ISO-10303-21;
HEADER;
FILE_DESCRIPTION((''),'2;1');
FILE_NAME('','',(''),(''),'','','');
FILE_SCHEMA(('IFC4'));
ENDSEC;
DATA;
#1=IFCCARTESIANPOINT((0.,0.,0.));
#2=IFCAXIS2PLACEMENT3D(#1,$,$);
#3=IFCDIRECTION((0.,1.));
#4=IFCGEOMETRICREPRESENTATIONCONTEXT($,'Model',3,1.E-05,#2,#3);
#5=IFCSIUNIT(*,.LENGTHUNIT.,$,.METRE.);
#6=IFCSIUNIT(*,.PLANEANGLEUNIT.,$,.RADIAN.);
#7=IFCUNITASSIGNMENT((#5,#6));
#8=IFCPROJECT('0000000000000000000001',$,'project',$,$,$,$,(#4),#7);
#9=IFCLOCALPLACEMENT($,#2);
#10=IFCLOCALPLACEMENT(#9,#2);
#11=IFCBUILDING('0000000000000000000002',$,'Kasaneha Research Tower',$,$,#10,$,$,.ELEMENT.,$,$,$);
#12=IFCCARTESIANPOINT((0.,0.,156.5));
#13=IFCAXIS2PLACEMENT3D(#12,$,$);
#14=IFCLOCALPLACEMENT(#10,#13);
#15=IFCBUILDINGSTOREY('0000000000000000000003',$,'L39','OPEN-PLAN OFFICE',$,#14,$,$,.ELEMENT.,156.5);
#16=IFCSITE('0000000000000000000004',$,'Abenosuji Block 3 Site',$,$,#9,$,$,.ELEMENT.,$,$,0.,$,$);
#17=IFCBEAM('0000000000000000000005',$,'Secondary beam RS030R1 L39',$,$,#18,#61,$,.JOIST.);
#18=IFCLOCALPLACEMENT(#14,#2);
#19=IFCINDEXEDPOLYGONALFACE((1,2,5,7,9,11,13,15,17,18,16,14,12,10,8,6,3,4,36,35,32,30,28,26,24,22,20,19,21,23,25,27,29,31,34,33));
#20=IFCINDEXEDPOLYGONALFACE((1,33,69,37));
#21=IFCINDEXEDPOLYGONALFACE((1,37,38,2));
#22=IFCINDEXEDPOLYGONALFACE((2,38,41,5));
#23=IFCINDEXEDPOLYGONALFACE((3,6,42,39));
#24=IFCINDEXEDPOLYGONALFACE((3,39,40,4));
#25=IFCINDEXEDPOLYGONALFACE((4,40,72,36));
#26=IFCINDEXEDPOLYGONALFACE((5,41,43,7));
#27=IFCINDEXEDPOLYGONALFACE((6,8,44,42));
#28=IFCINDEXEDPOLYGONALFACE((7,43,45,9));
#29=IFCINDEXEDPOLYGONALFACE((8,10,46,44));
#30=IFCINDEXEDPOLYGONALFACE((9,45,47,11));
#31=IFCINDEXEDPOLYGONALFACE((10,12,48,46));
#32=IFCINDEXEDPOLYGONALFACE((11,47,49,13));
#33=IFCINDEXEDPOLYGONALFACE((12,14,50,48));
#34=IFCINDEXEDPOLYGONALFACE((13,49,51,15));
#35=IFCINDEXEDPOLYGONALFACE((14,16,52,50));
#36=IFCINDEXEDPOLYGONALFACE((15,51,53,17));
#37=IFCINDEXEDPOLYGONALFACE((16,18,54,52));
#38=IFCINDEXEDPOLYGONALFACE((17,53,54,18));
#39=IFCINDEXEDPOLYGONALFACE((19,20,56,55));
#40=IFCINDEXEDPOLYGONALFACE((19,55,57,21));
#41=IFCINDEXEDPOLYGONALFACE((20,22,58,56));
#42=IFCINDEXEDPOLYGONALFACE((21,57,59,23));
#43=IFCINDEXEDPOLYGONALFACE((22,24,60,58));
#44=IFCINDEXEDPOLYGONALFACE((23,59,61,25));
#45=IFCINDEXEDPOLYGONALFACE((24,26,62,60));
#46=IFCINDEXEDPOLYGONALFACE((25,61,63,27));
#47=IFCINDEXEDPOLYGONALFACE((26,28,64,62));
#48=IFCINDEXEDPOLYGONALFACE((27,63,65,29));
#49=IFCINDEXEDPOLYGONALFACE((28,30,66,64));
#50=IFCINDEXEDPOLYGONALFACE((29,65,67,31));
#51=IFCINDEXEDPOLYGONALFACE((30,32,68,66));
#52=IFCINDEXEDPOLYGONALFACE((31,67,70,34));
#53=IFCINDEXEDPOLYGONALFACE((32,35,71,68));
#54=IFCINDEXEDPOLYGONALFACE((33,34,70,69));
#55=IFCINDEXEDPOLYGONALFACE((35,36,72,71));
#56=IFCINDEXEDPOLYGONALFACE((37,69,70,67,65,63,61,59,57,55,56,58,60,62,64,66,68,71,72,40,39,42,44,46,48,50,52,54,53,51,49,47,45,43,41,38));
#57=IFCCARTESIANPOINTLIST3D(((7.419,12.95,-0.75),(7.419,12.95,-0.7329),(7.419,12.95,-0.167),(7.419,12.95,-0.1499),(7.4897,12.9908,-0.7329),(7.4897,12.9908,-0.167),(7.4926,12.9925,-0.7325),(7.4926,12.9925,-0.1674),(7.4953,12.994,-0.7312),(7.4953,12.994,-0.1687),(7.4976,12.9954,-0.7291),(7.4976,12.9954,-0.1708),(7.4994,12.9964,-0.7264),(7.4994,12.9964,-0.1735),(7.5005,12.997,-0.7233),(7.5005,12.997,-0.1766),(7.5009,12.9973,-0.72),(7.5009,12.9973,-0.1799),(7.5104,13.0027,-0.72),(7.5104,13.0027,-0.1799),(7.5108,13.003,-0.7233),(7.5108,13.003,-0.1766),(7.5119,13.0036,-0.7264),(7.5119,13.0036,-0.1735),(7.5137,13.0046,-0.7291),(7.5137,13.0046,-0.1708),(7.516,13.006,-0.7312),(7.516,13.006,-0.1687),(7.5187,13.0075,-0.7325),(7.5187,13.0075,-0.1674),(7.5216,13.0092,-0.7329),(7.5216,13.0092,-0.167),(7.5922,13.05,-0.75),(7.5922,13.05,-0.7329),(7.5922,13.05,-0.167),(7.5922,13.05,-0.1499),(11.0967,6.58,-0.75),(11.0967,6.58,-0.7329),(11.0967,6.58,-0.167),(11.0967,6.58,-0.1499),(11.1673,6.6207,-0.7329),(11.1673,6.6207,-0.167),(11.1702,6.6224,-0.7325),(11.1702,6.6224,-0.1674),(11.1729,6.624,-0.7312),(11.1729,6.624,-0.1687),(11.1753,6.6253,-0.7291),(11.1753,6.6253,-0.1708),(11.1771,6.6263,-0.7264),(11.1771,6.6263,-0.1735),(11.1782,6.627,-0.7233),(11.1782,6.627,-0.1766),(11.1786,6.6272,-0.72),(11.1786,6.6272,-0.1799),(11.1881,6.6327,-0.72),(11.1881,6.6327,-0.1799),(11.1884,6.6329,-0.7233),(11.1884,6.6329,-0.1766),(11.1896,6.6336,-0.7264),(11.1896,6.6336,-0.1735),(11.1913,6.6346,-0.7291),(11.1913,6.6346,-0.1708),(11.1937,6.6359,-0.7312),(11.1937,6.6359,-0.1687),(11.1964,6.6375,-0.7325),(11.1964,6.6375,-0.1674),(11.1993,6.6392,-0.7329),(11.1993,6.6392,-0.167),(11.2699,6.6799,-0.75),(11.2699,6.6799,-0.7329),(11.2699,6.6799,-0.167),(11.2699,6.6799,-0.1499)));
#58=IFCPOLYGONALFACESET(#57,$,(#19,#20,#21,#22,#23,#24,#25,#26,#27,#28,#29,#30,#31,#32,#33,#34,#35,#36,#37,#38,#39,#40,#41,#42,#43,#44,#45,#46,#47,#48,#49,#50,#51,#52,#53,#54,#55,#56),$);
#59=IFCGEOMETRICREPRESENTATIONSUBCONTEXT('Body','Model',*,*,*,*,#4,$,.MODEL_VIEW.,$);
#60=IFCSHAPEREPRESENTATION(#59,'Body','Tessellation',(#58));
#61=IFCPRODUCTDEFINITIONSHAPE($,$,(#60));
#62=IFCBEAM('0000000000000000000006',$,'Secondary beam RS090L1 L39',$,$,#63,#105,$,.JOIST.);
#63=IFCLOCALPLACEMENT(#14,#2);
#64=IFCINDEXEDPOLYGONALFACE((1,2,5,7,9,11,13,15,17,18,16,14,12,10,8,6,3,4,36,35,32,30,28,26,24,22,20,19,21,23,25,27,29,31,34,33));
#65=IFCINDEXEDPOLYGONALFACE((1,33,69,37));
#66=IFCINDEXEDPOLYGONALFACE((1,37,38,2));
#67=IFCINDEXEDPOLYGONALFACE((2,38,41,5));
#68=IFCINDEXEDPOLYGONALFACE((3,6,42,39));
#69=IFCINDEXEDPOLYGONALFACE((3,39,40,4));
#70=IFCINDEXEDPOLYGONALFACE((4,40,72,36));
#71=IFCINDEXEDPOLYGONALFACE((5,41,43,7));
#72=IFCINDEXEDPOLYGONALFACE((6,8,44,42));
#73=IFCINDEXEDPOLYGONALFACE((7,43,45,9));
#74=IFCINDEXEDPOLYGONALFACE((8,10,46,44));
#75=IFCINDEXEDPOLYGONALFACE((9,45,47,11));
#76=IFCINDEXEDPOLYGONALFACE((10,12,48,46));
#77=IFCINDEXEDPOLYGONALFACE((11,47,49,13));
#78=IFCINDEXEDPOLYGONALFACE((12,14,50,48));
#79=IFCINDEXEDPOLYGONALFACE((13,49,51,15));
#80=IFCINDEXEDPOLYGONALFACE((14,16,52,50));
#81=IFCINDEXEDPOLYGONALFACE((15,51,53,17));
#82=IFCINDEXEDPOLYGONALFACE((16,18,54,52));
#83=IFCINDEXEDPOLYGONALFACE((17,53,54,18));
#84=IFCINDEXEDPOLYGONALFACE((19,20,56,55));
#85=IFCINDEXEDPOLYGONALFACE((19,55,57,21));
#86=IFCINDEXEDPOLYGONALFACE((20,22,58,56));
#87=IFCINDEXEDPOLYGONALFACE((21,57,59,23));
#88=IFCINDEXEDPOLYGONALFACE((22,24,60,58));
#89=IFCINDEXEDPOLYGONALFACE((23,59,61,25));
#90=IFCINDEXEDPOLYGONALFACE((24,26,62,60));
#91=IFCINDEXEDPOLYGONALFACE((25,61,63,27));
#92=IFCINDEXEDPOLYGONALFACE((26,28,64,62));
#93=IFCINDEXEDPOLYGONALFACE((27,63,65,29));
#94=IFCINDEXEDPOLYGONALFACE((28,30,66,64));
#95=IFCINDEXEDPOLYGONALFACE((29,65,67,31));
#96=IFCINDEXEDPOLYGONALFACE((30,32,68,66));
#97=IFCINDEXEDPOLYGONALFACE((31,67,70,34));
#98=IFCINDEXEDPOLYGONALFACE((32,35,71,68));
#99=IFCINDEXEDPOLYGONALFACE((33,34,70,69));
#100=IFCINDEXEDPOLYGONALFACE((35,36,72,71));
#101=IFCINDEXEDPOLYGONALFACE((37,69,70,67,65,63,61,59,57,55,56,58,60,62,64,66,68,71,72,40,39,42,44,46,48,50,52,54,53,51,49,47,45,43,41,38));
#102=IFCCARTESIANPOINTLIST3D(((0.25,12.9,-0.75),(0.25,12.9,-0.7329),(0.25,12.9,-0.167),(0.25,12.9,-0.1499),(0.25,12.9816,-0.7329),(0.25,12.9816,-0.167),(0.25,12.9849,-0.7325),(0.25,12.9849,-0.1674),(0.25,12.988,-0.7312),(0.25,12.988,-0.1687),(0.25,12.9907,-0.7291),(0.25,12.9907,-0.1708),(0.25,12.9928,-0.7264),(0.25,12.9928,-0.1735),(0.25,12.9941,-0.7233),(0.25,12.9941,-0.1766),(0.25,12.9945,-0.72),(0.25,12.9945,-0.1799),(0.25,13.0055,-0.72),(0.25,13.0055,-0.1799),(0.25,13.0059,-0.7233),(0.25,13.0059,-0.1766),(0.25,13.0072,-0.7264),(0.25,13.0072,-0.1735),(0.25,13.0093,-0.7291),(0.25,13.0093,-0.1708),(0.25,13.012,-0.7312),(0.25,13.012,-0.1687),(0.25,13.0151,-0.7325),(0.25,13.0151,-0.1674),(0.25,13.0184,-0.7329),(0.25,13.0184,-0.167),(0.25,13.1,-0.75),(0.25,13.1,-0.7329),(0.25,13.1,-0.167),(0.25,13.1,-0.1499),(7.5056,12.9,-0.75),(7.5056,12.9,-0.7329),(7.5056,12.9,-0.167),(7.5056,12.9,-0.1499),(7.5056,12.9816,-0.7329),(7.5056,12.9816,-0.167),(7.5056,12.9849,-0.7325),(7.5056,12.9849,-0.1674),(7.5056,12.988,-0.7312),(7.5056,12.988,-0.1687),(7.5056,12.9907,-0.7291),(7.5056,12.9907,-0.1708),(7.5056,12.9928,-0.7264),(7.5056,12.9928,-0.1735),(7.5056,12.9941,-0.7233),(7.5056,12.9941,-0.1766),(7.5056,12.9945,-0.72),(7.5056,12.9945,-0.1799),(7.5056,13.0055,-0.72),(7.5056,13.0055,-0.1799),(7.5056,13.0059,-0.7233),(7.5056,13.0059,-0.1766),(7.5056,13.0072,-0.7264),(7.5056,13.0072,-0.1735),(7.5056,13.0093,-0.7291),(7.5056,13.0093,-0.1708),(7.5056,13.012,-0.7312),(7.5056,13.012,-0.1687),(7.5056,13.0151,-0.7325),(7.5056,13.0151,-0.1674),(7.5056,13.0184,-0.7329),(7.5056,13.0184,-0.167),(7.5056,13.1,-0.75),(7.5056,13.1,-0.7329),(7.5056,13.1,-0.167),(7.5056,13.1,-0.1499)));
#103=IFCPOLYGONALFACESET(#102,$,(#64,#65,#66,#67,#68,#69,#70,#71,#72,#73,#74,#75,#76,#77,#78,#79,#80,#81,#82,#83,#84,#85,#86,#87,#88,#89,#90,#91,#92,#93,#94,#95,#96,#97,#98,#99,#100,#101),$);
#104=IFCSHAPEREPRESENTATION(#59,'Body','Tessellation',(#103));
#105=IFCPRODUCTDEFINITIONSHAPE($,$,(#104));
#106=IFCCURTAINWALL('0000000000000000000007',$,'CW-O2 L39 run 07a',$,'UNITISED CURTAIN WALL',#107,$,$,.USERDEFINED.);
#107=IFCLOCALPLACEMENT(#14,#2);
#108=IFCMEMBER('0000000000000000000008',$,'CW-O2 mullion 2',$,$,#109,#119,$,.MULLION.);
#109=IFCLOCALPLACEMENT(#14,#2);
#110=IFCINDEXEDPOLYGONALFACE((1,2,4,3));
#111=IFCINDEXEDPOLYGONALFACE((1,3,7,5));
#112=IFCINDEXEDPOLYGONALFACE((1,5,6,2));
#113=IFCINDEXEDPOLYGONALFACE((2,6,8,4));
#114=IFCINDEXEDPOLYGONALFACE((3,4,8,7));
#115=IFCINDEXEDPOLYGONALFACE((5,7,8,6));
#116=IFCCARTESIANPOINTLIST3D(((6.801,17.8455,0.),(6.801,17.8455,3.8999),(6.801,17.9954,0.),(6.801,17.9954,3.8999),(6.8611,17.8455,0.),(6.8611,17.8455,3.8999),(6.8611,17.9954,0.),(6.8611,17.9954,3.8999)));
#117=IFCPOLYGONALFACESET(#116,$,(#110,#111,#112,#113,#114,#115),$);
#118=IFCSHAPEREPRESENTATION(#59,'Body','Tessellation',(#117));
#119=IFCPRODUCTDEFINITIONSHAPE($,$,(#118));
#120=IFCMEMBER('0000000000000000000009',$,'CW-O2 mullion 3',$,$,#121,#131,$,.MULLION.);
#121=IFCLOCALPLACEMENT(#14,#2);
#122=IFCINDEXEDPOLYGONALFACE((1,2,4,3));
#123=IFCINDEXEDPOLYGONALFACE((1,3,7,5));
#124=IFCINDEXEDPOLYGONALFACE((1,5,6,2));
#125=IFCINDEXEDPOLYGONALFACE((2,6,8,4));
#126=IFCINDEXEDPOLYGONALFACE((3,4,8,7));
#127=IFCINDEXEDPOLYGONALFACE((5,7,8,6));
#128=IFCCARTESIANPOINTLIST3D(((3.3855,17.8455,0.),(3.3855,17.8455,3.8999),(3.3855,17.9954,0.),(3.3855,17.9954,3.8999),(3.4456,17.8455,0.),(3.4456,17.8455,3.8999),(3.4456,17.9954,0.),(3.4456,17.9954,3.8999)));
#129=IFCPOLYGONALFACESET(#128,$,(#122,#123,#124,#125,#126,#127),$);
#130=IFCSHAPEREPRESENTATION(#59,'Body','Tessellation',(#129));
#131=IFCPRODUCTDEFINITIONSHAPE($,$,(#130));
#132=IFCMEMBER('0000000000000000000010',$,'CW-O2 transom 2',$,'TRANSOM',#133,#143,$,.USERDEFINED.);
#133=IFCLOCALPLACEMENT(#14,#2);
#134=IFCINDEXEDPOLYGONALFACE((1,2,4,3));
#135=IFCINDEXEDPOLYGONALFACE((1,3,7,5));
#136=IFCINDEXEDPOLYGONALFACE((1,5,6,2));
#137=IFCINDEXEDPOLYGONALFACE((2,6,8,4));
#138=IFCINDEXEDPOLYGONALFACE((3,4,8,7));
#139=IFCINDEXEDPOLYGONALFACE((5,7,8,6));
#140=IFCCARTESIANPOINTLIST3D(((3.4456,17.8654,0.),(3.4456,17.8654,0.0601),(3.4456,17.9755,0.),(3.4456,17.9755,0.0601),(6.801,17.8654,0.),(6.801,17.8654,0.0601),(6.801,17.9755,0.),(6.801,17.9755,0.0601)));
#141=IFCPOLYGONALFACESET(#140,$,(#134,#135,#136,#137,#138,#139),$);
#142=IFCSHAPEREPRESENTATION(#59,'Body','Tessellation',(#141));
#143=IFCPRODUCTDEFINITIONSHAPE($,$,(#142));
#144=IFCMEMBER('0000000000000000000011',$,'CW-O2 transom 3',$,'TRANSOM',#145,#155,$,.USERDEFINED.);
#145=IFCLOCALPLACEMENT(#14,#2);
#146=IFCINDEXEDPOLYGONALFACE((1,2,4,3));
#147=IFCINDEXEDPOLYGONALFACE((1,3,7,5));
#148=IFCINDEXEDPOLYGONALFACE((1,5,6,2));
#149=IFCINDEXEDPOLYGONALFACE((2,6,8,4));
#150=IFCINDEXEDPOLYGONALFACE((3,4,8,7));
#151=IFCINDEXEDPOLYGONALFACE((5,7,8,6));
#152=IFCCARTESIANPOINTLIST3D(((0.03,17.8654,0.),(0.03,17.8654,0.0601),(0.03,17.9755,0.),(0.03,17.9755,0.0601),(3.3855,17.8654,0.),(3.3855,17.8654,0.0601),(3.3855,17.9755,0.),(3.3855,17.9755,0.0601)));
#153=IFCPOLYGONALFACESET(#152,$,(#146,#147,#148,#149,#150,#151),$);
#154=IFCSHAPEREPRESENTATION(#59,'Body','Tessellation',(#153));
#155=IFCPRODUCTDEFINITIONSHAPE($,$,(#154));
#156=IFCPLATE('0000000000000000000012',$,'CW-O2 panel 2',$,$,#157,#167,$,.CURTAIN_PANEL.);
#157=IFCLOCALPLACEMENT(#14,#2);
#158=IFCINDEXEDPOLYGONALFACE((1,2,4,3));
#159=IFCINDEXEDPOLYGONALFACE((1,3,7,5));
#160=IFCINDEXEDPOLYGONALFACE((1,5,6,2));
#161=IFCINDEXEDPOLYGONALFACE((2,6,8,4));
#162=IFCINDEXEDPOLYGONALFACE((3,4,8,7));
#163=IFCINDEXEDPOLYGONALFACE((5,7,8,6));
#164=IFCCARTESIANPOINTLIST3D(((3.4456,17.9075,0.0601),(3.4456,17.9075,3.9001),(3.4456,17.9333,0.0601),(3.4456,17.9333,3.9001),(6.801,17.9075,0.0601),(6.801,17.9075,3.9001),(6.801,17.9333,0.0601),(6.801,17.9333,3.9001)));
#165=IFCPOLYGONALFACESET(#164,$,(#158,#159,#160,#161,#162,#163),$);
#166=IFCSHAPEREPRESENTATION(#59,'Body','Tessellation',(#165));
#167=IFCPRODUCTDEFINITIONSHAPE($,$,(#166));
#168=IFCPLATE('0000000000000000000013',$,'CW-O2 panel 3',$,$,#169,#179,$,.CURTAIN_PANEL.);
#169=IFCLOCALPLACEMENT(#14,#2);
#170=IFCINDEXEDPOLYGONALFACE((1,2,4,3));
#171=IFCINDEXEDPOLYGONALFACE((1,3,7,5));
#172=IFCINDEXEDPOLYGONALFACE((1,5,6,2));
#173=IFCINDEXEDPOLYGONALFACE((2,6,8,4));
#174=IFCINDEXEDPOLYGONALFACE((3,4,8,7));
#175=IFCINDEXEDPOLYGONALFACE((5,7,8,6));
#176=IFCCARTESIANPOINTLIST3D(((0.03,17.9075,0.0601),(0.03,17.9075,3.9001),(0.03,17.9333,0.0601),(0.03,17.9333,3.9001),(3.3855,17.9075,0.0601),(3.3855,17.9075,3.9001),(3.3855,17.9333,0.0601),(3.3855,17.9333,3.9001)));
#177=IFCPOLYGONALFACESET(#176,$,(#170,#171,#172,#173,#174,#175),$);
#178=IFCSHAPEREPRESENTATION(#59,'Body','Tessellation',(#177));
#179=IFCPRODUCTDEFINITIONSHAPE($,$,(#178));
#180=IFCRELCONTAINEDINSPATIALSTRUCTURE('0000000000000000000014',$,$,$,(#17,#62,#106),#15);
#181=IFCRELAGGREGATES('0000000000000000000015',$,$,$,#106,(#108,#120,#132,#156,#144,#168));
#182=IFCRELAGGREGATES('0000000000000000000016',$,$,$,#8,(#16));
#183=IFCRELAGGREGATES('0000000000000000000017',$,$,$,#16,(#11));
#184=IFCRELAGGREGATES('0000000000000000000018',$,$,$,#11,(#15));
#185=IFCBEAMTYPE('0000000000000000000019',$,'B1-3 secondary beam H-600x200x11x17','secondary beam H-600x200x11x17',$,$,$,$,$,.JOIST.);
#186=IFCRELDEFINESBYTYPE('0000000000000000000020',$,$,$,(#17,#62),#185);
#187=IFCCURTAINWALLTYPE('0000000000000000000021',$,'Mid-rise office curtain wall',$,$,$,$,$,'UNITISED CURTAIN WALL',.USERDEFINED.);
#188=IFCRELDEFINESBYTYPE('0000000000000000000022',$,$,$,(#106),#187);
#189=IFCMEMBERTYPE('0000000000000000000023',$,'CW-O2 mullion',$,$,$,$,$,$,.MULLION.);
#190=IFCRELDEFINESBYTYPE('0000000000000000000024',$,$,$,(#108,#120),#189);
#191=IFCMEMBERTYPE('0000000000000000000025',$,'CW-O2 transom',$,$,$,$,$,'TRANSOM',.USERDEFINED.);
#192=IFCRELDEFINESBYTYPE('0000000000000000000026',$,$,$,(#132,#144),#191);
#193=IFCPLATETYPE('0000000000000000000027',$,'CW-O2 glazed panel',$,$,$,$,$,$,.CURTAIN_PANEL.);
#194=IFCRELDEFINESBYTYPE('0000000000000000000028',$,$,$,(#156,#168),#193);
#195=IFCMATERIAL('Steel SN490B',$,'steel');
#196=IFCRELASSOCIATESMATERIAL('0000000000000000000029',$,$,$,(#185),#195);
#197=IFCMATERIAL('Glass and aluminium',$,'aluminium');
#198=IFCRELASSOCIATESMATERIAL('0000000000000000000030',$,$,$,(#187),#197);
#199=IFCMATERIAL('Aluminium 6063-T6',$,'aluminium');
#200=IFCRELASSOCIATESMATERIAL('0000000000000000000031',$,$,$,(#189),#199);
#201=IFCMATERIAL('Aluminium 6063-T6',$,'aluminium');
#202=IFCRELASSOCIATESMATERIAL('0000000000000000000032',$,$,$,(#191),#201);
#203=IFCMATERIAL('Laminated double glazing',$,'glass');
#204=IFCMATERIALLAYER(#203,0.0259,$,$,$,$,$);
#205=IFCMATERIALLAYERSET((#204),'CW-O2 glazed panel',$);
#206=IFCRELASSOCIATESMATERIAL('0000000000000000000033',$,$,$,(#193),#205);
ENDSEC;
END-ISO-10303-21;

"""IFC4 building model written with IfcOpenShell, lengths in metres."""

from ifc_helpers import new_model, si_unit, direction, frame, origin, origin_2d, place, context, subcontext, project, spatial, rectangle, i_section, extrude, material, layer, layer_set, material_profile, profile_set, type_object, element, aggregate, save


model = new_model("IFC4")

# Units and contexts
model_context = context("Model", 3, precision=1e-05, world=origin(), true_north=direction((0.0, 1.0)))
body_context = subcontext(model_context, "Body", "Model", "MODEL_VIEW")
ifc_project = project(units=[si_unit("LENGTHUNIT", "METRE"), si_unit("PLANEANGLEUNIT", "RADIAN")], contexts=[model_context])

# Site, building, storey
site_placement = place(None, origin())
site = spatial("IfcSite", under=ifc_project, at=site_placement, Name="Abenosuji Block 3 Site", CompositionType="ELEMENT", RefElevation=0.0)
building_placement = place(site_placement, origin())
building = spatial("IfcBuilding", under=site, at=building_placement, Name="Kasaneha Research Tower", CompositionType="ELEMENT")
storey_placement = place(building_placement, frame((0.0, 0.0, 156.5)))
storey = spatial("IfcBuildingStorey", under=building, at=storey_placement, Name="L39", Description="OPEN-PLAN OFFICE", CompositionType="ELEMENT", Elevation=156.5)

# Beams
ifc_material_1 = material(Name="Steel SN490B", Category="steel")
ifc_material_profile_1 = material_profile(ifc_material_1, i_section(OverallWidth=0.2, OverallDepth=0.6001, WebThickness=0.011, FlangeThickness=0.0171, FilletRadius=0.0129, at=origin_2d()), Name="H-600x200x11x17")
ifc_profile_set_1 = profile_set([ifc_material_profile_1], Name="Steel SN490B")
beam_type = type_object("IfcBeamType", Name="B1-3 secondary beam H-600x200x11x17", Description="secondary beam H-600x200x11x17", PredefinedType="JOIST", material=ifc_profile_set_1)
beam_1_placement = place(storey_placement, frame((7.5056, 13.0, -0.45), z_axis=(0.499994, -0.866029, 0.0), x_axis=(0.866029, 0.499994, 0.0)))
element("IfcBeam", 1, at=beam_1_placement, inside=storey, type_object=beam_type, Name="Secondary beam RS030R1 L39", PredefinedType="JOIST", context=body_context, shape_type="SweptSolid", body=[
    extrude(i_section(OverallWidth=0.2, OverallDepth=0.6001, WebThickness=0.011, FlangeThickness=0.0171, FilletRadius=0.0129, at=origin_2d()), origin(), (0.0, 0.0, 1.0), 7.3555),
])
beam_2_placement = place(storey_placement, frame((7.5056, 13.0, -0.45), z_axis=(-1.0, 0.0, 0.0), x_axis=(0.0, -1.0, 0.0)))
element("IfcBeam", 2, at=beam_2_placement, inside=storey, type_object=beam_type, Name="Secondary beam RS090L1 L39", PredefinedType="JOIST", context=body_context, shape_type="SweptSolid", body=[
    extrude(i_section(OverallWidth=0.2, OverallDepth=0.6001, WebThickness=0.011, FlangeThickness=0.0171, FilletRadius=0.0129, at=origin_2d()), origin(), (0.0, 0.0, 1.0), 7.2556),
])

# Curtain wall, members, plates
ifc_material_2 = material(Name="Glass and aluminium", Category="aluminium")
curtain_wall_type = type_object("IfcCurtainWallType", Name="Mid-rise office curtain wall", ElementType="UNITISED CURTAIN WALL", PredefinedType="USERDEFINED", material=ifc_material_2)
curtain_wall_placement = place(storey_placement, origin())
curtain_wall = element("IfcCurtainWall", 3, at=curtain_wall_placement, inside=storey, type_object=curtain_wall_type, Name="CW-O2 L39 run 07a", ObjectType="UNITISED CURTAIN WALL", PredefinedType="USERDEFINED")
ifc_material_3 = material(Name="Aluminium 6063-T6", Category="aluminium")
ifc_material_profile_2 = material_profile(ifc_material_3, rectangle(XDim=0.0601, YDim=0.1499, at=origin_2d()), Name="CW-O2 mullion 60x150")
ifc_profile_set_2 = profile_set([ifc_material_profile_2], Name="Aluminium 6063-T6")
member_type_1 = type_object("IfcMemberType", Name="CW-O2 mullion", PredefinedType="MULLION", material=ifc_profile_set_2)
member_1_placement = place(storey_placement, frame((6.8311, 17.9204, 0.0), z_axis=(0.0, 0.0, 1.0), x_axis=(-1.0, 0.0, 0.0)))
member_1 = element("IfcMember", 4, at=member_1_placement, type_object=member_type_1, Name="CW-O2 mullion 2", PredefinedType="MULLION", context=body_context, shape_type="SweptSolid", body=[
    extrude(rectangle(XDim=0.0601, YDim=0.1499, at=origin_2d()), origin(), (0.0, 0.0, 1.0), 3.8999),
])
member_2_placement = place(storey_placement, frame((3.4155, 17.9204, 0.0), z_axis=(0.0, 0.0, 1.0), x_axis=(-1.0, 0.0, 0.0)))
member_2 = element("IfcMember", 5, at=member_2_placement, type_object=member_type_1, Name="CW-O2 mullion 3", PredefinedType="MULLION", context=body_context, shape_type="SweptSolid", body=[
    extrude(rectangle(XDim=0.0601, YDim=0.1499, at=origin_2d()), origin(), (0.0, 0.0, 1.0), 3.8999),
])
ifc_material_4 = material(Name="Aluminium 6063-T6", Category="aluminium")
ifc_material_profile_3 = material_profile(ifc_material_4, rectangle(XDim=0.1101, YDim=0.0601, at=origin_2d()), Name="CW-O2 transom 110x60")
ifc_profile_set_3 = profile_set([ifc_material_profile_3], Name="Aluminium 6063-T6")
member_type_2 = type_object("IfcMemberType", Name="CW-O2 transom", ElementType="TRANSOM", PredefinedType="USERDEFINED", material=ifc_profile_set_3)
member_3_placement = place(storey_placement, frame((6.801, 17.9204, 0.03), z_axis=(-1.0, 0.0, 0.0), x_axis=(0.0, -1.0, 0.0)))
member_3 = element("IfcMember", 6, at=member_3_placement, type_object=member_type_2, Name="CW-O2 transom 2", ObjectType="TRANSOM", PredefinedType="USERDEFINED", context=body_context, shape_type="SweptSolid", body=[
    extrude(rectangle(XDim=0.1101, YDim=0.0601, at=origin_2d()), origin(), (0.0, 0.0, 1.0), 3.3555),
])
member_4_placement = place(storey_placement, frame((3.3855, 17.9204, 0.03), z_axis=(-1.0, 0.0, 0.0), x_axis=(0.0, -1.0, 0.0)))
member_4 = element("IfcMember", 7, at=member_4_placement, type_object=member_type_2, Name="CW-O2 transom 3", ObjectType="TRANSOM", PredefinedType="USERDEFINED", context=body_context, shape_type="SweptSolid", body=[
    extrude(rectangle(XDim=0.1101, YDim=0.0601, at=origin_2d()), origin(), (0.0, 0.0, 1.0), 3.3555),
])
ifc_material_5 = material(Name="Laminated double glazing", Category="glass")
ifc_layer_1 = layer(ifc_material_5, 0.0259)
ifc_layer_set_1 = layer_set([ifc_layer_1], Name="CW-O2 glazed panel")
plate_type = type_object("IfcPlateType", Name="CW-O2 glazed panel", PredefinedType="CURTAIN_PANEL", material=ifc_layer_set_1)
plate_1_placement = place(storey_placement, frame((5.1233, 17.9204, 0.0601), z_axis=(0.0, 0.0, 1.0), x_axis=(-1.0, 0.0, 0.0)))
plate_1 = element("IfcPlate", 8, at=plate_1_placement, type_object=plate_type, Name="CW-O2 panel 2", PredefinedType="CURTAIN_PANEL", context=body_context, shape_type="SweptSolid", body=[
    extrude(rectangle(XDim=3.3555, YDim=0.0259, at=origin_2d()), origin(), (0.0, 0.0, 1.0), 3.8401),
])
plate_2_placement = place(storey_placement, frame((1.7078, 17.9204, 0.0601), z_axis=(0.0, 0.0, 1.0), x_axis=(-1.0, 0.0, 0.0)))
plate_2 = element("IfcPlate", 9, at=plate_2_placement, type_object=plate_type, Name="CW-O2 panel 3", PredefinedType="CURTAIN_PANEL", context=body_context, shape_type="SweptSolid", body=[
    extrude(rectangle(XDim=3.3555, YDim=0.0259, at=origin_2d()), origin(), (0.0, 0.0, 1.0), 3.8401),
])
aggregate(curtain_wall, [member_1, member_2, member_3, plate_1, member_4, plate_2])

save(model, "model.ifc")
